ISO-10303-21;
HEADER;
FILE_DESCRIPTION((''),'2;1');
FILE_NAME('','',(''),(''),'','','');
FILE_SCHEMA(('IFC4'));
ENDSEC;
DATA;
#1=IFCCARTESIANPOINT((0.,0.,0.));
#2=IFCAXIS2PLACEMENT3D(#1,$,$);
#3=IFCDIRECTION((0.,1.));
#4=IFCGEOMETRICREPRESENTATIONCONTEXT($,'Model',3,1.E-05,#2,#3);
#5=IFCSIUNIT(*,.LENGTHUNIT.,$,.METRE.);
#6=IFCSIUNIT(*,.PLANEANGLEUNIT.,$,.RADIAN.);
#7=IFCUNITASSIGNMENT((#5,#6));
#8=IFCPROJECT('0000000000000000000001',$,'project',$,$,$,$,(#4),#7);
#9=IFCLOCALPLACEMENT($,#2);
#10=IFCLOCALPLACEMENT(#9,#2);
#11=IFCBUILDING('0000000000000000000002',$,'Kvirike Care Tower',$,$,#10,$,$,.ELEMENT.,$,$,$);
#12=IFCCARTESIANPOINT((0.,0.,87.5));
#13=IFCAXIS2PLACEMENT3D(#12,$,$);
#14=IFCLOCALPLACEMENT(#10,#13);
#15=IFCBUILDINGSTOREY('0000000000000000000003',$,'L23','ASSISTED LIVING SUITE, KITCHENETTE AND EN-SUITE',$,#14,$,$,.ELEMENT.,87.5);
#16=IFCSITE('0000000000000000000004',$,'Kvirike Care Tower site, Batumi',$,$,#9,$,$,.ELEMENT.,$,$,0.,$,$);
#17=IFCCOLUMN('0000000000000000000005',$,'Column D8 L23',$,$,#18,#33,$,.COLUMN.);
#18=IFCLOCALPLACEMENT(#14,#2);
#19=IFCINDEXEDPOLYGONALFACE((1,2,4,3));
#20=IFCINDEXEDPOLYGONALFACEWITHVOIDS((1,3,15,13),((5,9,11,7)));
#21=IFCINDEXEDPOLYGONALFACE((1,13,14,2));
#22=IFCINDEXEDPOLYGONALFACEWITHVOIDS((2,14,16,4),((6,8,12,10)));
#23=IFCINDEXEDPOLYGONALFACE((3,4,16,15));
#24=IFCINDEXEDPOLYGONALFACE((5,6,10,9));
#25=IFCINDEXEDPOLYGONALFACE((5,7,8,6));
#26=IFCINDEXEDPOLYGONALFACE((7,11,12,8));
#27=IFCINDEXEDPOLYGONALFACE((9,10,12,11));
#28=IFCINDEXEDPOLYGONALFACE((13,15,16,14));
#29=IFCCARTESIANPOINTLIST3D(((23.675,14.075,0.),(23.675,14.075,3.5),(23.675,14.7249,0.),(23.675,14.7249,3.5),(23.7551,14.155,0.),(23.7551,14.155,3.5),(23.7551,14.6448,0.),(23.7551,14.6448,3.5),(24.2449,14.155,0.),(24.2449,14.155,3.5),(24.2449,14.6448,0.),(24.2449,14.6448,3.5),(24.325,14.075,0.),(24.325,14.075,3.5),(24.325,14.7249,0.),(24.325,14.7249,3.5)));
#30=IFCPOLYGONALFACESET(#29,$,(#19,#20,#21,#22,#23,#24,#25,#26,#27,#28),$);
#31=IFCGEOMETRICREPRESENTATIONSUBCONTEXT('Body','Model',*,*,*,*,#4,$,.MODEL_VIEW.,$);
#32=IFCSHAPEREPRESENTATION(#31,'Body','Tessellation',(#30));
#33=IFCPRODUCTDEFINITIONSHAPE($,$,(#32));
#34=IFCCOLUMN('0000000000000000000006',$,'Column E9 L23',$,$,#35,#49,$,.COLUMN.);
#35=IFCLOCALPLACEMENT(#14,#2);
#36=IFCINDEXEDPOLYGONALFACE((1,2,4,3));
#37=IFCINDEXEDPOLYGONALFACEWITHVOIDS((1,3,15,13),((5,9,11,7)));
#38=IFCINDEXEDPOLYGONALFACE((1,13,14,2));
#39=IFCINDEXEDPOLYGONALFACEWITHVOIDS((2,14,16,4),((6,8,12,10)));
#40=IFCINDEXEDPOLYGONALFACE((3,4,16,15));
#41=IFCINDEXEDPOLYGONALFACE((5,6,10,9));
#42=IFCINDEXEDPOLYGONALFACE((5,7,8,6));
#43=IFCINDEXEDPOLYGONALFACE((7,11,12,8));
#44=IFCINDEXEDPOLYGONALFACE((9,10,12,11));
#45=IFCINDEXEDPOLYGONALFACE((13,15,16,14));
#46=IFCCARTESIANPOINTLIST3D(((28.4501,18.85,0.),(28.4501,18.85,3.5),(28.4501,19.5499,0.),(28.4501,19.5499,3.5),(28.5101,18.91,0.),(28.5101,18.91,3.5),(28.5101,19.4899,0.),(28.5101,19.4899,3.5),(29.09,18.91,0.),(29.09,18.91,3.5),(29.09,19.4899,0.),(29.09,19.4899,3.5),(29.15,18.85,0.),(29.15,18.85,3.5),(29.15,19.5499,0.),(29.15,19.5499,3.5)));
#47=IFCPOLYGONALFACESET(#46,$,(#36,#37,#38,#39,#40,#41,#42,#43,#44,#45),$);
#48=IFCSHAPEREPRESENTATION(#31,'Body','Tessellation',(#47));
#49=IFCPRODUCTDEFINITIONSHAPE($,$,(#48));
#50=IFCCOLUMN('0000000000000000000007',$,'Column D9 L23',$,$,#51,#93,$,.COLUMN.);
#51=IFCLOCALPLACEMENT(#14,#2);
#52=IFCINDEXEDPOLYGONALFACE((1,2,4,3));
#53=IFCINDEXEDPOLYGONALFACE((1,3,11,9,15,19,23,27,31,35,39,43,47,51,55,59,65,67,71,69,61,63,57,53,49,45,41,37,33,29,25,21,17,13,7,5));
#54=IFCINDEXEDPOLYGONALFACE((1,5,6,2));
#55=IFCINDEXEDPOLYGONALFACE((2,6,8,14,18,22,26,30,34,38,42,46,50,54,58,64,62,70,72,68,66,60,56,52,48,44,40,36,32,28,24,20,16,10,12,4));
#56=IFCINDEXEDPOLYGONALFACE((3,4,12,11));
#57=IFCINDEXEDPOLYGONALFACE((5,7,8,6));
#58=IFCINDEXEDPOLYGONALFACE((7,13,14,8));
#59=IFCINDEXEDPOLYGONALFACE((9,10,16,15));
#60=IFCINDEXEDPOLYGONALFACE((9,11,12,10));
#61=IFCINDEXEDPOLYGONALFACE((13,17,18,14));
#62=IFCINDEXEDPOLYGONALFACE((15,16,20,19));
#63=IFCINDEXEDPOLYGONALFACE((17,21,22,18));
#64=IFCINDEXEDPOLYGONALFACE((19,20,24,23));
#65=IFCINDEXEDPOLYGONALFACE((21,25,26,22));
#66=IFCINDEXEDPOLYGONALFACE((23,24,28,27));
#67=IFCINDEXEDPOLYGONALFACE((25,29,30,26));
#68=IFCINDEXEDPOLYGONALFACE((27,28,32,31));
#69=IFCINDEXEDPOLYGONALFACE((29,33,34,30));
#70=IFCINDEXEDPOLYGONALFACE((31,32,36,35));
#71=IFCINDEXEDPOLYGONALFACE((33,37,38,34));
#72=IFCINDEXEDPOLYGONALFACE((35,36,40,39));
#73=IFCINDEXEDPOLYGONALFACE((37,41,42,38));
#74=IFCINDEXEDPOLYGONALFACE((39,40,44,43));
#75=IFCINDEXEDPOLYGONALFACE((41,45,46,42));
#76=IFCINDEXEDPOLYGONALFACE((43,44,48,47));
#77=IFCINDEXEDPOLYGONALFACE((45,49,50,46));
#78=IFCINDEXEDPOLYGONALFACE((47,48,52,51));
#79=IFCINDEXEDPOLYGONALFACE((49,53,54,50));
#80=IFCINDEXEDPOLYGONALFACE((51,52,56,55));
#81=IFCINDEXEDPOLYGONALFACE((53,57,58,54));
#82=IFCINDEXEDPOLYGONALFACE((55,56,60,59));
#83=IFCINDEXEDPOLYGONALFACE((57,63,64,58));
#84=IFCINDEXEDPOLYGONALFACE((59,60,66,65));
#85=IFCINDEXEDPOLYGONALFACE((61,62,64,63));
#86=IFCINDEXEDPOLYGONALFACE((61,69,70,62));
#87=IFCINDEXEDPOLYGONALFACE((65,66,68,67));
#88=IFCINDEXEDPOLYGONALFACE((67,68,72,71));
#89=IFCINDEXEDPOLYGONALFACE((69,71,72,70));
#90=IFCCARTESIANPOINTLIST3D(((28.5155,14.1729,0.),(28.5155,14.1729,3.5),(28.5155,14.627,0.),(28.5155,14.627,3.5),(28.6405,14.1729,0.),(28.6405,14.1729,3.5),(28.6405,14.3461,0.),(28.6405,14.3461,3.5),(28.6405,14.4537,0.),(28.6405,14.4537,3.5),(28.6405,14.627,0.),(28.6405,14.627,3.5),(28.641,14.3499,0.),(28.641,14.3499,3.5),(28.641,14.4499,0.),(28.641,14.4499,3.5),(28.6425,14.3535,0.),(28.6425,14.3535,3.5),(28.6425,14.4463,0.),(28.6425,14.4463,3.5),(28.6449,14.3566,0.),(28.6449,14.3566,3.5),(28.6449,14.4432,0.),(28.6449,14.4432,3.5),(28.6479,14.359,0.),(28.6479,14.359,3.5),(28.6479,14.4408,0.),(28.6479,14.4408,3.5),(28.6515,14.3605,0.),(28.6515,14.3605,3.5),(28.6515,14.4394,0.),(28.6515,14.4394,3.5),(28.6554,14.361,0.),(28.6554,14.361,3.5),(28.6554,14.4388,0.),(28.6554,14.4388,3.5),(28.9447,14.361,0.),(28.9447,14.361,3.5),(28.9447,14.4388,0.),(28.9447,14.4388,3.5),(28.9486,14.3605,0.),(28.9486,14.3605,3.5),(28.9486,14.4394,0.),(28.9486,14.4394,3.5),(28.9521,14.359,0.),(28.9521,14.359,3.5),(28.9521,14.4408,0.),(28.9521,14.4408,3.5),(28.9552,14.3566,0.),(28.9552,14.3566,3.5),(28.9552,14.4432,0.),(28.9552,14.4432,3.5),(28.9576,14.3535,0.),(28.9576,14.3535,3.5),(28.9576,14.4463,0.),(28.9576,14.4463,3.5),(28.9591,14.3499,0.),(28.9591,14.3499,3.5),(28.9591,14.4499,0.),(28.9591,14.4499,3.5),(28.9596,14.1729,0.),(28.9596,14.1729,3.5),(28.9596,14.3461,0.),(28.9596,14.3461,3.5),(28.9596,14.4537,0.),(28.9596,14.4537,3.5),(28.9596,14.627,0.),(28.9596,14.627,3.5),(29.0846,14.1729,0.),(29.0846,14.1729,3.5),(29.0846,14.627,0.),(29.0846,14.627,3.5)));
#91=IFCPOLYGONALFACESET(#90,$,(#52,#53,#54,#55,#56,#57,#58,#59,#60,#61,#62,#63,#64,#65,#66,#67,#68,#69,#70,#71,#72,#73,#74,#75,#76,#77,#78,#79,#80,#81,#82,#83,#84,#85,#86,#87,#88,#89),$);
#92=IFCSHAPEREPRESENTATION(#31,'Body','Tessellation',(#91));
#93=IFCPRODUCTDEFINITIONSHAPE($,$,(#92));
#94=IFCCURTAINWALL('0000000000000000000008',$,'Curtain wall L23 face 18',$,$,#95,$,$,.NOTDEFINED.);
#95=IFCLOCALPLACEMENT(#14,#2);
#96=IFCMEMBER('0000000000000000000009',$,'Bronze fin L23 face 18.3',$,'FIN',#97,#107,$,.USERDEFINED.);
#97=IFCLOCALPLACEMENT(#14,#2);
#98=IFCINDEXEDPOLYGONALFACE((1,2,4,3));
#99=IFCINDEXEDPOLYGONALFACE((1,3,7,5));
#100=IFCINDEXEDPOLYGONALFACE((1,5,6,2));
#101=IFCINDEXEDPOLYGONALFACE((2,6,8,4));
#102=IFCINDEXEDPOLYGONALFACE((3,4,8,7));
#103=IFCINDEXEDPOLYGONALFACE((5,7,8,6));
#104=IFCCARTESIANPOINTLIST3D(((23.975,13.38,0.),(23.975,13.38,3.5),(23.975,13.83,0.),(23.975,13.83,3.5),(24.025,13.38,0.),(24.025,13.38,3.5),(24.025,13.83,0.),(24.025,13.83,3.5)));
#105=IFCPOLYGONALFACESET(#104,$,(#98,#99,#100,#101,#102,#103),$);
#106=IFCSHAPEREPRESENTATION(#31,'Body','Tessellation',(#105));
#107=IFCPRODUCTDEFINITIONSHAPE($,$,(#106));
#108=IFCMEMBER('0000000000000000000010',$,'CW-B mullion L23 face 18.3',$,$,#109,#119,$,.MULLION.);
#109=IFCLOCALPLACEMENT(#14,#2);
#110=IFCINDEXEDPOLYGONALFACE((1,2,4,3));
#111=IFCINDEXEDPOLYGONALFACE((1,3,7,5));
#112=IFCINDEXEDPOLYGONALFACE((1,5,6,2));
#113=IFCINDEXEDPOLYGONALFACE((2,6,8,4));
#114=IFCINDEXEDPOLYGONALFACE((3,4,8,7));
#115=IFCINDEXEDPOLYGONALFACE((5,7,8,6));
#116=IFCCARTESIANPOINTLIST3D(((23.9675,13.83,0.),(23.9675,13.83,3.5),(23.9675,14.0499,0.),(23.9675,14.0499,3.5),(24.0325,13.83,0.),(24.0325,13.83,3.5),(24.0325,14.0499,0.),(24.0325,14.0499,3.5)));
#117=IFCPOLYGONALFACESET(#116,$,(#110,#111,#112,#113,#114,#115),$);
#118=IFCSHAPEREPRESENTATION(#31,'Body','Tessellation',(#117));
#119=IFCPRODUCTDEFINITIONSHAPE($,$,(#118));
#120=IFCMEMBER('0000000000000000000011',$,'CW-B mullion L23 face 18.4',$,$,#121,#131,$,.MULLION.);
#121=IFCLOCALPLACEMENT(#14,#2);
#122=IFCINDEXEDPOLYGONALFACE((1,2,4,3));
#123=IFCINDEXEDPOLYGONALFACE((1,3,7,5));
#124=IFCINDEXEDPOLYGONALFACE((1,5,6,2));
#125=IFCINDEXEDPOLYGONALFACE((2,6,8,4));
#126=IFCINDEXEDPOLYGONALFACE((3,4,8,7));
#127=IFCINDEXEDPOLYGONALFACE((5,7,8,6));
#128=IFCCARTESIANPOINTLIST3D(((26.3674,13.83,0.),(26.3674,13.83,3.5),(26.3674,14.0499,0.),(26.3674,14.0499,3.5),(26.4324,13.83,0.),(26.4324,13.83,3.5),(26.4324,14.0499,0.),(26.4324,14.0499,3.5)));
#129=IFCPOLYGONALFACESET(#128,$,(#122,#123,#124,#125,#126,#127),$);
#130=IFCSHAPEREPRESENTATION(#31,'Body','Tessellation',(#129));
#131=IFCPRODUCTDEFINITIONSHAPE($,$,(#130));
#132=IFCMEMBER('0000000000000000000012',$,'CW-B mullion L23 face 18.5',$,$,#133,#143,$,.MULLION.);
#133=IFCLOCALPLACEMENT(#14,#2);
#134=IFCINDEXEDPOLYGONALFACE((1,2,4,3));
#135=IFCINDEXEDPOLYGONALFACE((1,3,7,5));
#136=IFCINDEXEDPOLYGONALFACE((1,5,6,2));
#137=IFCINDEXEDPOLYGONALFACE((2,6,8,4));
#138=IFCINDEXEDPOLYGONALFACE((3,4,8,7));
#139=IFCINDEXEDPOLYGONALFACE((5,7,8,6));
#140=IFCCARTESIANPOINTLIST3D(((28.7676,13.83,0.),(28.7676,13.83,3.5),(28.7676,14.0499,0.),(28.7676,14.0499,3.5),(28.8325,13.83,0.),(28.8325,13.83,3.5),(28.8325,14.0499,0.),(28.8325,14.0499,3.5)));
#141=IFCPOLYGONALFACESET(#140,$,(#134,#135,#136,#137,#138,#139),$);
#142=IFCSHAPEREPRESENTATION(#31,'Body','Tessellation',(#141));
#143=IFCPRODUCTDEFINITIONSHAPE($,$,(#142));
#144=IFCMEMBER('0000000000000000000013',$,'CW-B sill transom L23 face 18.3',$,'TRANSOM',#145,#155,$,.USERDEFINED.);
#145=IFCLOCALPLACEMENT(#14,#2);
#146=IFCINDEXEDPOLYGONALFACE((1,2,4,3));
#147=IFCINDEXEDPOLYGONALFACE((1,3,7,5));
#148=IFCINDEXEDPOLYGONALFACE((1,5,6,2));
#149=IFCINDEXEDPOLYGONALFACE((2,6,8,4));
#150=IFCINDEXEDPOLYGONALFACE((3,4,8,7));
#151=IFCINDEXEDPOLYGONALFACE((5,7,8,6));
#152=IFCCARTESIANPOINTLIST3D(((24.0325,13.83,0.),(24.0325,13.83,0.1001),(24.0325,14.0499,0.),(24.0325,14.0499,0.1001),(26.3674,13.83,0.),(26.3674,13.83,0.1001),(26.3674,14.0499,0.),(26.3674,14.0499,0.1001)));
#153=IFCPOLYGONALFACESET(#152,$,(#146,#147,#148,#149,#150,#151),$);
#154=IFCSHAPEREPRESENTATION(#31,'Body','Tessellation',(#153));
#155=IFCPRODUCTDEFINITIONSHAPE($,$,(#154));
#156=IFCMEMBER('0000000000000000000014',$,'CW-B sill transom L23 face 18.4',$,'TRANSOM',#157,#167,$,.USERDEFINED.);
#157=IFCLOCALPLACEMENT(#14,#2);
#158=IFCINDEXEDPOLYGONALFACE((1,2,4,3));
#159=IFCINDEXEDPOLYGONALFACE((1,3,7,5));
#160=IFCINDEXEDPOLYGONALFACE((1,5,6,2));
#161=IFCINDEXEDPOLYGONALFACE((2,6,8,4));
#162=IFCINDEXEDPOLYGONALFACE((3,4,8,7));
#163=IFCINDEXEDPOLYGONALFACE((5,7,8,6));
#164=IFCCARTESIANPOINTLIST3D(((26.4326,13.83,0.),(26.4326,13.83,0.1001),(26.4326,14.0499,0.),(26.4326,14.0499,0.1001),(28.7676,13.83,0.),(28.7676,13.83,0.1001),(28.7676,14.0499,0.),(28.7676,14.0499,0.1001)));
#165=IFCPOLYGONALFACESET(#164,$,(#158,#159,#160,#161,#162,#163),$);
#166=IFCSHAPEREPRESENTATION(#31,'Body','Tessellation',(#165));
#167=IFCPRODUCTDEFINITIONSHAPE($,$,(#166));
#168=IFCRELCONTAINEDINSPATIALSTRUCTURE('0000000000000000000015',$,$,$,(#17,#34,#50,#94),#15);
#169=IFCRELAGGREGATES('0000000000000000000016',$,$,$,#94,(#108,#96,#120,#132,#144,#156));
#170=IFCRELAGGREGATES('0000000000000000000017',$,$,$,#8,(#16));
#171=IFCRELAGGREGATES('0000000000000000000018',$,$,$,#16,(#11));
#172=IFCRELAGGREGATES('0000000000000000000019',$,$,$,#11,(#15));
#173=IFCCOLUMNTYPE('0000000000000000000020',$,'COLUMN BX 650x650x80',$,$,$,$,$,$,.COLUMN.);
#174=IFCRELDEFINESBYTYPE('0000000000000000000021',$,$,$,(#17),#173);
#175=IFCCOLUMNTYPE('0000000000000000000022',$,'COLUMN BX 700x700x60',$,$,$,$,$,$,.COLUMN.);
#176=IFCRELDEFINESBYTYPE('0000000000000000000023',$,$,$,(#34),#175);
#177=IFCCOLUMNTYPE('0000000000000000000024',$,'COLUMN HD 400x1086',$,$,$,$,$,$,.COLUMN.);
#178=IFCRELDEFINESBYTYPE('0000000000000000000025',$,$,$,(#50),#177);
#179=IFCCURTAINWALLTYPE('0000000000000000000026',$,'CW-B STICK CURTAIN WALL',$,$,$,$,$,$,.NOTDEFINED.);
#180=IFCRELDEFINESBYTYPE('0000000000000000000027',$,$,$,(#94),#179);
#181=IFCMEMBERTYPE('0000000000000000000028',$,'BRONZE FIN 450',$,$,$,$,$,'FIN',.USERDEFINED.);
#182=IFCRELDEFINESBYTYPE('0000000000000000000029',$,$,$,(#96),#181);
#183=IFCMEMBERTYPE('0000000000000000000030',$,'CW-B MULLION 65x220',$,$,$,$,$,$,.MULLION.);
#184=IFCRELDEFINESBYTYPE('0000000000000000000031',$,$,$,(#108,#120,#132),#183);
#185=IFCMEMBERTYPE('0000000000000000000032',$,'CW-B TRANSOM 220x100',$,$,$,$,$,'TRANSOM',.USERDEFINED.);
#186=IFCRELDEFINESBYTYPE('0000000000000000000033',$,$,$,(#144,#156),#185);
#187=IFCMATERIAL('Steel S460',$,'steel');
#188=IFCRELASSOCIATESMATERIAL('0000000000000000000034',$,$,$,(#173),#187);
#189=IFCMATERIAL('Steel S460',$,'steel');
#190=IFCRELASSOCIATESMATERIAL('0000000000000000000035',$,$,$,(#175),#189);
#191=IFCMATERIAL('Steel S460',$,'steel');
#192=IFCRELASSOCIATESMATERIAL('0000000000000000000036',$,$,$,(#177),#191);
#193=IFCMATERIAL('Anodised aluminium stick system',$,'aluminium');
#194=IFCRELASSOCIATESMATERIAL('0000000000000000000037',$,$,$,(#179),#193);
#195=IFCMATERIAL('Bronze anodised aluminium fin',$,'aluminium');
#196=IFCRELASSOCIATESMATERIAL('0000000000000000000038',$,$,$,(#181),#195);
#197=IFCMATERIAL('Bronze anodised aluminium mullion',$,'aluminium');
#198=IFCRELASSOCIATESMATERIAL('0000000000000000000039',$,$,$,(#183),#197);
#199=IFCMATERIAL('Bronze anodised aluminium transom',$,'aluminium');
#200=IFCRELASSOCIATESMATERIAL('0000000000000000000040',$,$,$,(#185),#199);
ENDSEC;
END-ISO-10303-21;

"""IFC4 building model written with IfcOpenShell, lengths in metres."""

from ifc_helpers import new_model, si_unit, direction, frame, origin, origin_2d, place, context, subcontext, project, spatial, rectangle, hollow_rectangle, i_section, extrude, material, material_profile, profile_set, type_object, element, aggregate, save


model = new_model("IFC4")

# Units and contexts
model_context = context("Model", 3, precision=1e-05, world=origin(), true_north=direction((0.0, 1.0)))
body_context = subcontext(model_context, "Body", "Model", "MODEL_VIEW")
ifc_project = project(units=[si_unit("LENGTHUNIT", "METRE"), si_unit("PLANEANGLEUNIT", "RADIAN")], contexts=[model_context])

# Site, building, storey
site_placement = place(None, origin())
site = spatial("IfcSite", under=ifc_project, at=site_placement, Name="Kvirike Care Tower site, Batumi", CompositionType="ELEMENT", RefElevation=0.0)
building_placement = place(site_placement, origin())
building = spatial("IfcBuilding", under=site, at=building_placement, Name="Kvirike Care Tower", CompositionType="ELEMENT")
storey_placement = place(building_placement, frame((0.0, 0.0, 87.5)))
storey = spatial("IfcBuildingStorey", under=building, at=storey_placement, Name="L23", Description="ASSISTED LIVING SUITE, KITCHENETTE AND EN-SUITE", CompositionType="ELEMENT", Elevation=87.5)

# Columns
ifc_material_1 = material(Name="Steel S460", Category="steel")
ifc_material_profile_1 = material_profile(ifc_material_1, hollow_rectangle(XDim=0.6499, YDim=0.6499, WallThickness=0.0801, at=origin_2d()), Name="BX 650x650x80")
ifc_profile_set_1 = profile_set([ifc_material_profile_1], Name="Steel S460")
column_type_1 = type_object("IfcColumnType", Name="COLUMN BX 650x650x80", PredefinedType="COLUMN", material=ifc_profile_set_1)
column_1_placement = place(storey_placement, frame((24.0, 14.3999, 0.0), z_axis=(0.0, 0.0, 1.0), x_axis=(0.0, 1.0, 0.0)))
element("IfcColumn", 1, at=column_1_placement, inside=storey, type_object=column_type_1, Name="Column D8 L23", PredefinedType="COLUMN", context=body_context, shape_type="SweptSolid", body=[
    extrude(hollow_rectangle(XDim=0.6499, YDim=0.6499, WallThickness=0.0801, at=origin_2d()), origin(), (0.0, 0.0, 1.0), 3.5),
])
ifc_material_2 = material(Name="Steel S460", Category="steel")
ifc_material_profile_2 = material_profile(ifc_material_2, hollow_rectangle(XDim=0.7, YDim=0.7, WallThickness=0.0601, at=origin_2d()), Name="BX 700x700x60")
ifc_profile_set_2 = profile_set([ifc_material_profile_2], Name="Steel S460")
column_type_2 = type_object("IfcColumnType", Name="COLUMN BX 700x700x60", PredefinedType="COLUMN", material=ifc_profile_set_2)
column_2_placement = place(storey_placement, frame((28.8, 19.2, 0.0), z_axis=(0.0, 0.0, 1.0), x_axis=(1.0, 0.0, 0.0)))
element("IfcColumn", 2, at=column_2_placement, inside=storey, type_object=column_type_2, Name="Column E9 L23", PredefinedType="COLUMN", context=body_context, shape_type="SweptSolid", body=[
    extrude(hollow_rectangle(XDim=0.7, YDim=0.7, WallThickness=0.0601, at=origin_2d()), origin(), (0.0, 0.0, 1.0), 3.5),
])
ifc_material_3 = material(Name="Steel S460", Category="steel")
ifc_material_profile_3 = material_profile(ifc_material_3, i_section(OverallWidth=0.4541, OverallDepth=0.5691, WebThickness=0.0779, FlangeThickness=0.125, FilletRadius=0.0149, at=origin_2d()), Name="HD 400x1086")
ifc_profile_set_3 = profile_set([ifc_material_profile_3], Name="Steel S460")
column_type_3 = type_object("IfcColumnType", Name="COLUMN HD 400x1086", PredefinedType="COLUMN", material=ifc_profile_set_3)
column_3_placement = place(storey_placement, frame((28.8, 14.3999, 0.0), z_axis=(0.0, 0.0, 1.0), x_axis=(0.0, 1.0, 0.0)))
element("IfcColumn", 3, at=column_3_placement, inside=storey, type_object=column_type_3, Name="Column D9 L23", PredefinedType="COLUMN", context=body_context, shape_type="SweptSolid", body=[
    extrude(i_section(OverallWidth=0.4541, OverallDepth=0.5691, WebThickness=0.0779, FlangeThickness=0.125, FilletRadius=0.0149, at=origin_2d()), origin(), (0.0, 0.0, 1.0), 3.5),
])

# Curtain wall, members
ifc_material_4 = material(Name="Anodised aluminium stick system", Category="aluminium")
curtain_wall_type = type_object("IfcCurtainWallType", Name="CW-B STICK CURTAIN WALL", PredefinedType="NOTDEFINED", material=ifc_material_4)
curtain_wall_placement = place(storey_placement, origin())
curtain_wall = element("IfcCurtainWall", 4, at=curtain_wall_placement, inside=storey, type_object=curtain_wall_type, Name="Curtain wall L23 face 18", PredefinedType="NOTDEFINED")
ifc_material_5 = material(Name="Bronze anodised aluminium fin", Category="aluminium")
ifc_material_profile_4 = material_profile(ifc_material_5, rectangle(XDim=0.05, YDim=0.45, at=origin_2d()), Name="BRONZE FIN 450")
ifc_profile_set_4 = profile_set([ifc_material_profile_4], Name="Bronze anodised aluminium fin")
member_type_1 = type_object("IfcMemberType", Name="BRONZE FIN 450", ElementType="FIN", PredefinedType="USERDEFINED", material=ifc_profile_set_4)
member_1_placement = place(storey_placement, frame((24.0, 13.605, 0.0), z_axis=(0.0, 0.0, 1.0), x_axis=(1.0, 0.0, 0.0)))
member_1 = element("IfcMember", 5, at=member_1_placement, type_object=member_type_1, Name="Bronze fin L23 face 18.3", ObjectType="FIN", PredefinedType="USERDEFINED", context=body_context, shape_type="SweptSolid", body=[
    extrude(rectangle(XDim=0.05, YDim=0.45, at=origin_2d()), origin(), (0.0, 0.0, 1.0), 3.5),
])
ifc_material_6 = material(Name="Bronze anodised aluminium mullion", Category="aluminium")
ifc_material_profile_5 = material_profile(ifc_material_6, rectangle(XDim=0.0649, YDim=0.22, at=origin_2d()), Name="CW-B MULLION 65x220")
ifc_profile_set_5 = profile_set([ifc_material_profile_5], Name="Bronze anodised aluminium mullion")
member_type_2 = type_object("IfcMemberType", Name="CW-B MULLION 65x220", PredefinedType="MULLION", material=ifc_profile_set_5)
member_2_placement = place(storey_placement, frame((24.0, 13.9399, 0.0), z_axis=(0.0, 0.0, 1.0), x_axis=(1.0, 0.0, 0.0)))
member_2 = element("IfcMember", 6, at=member_2_placement, type_object=member_type_2, Name="CW-B mullion L23 face 18.3", PredefinedType="MULLION", context=body_context, shape_type="SweptSolid", body=[
    extrude(rectangle(XDim=0.0649, YDim=0.22, at=origin_2d()), origin(), (0.0, 0.0, 1.0), 3.5),
])
member_3_placement = place(storey_placement, frame((26.3999, 13.9399, 0.0), z_axis=(0.0, 0.0, 1.0), x_axis=(1.0, 0.0, 0.0)))
member_3 = element("IfcMember", 7, at=member_3_placement, type_object=member_type_2, Name="CW-B mullion L23 face 18.4", PredefinedType="MULLION", context=body_context, shape_type="SweptSolid", body=[
    extrude(rectangle(XDim=0.0649, YDim=0.22, at=origin_2d()), origin(), (0.0, 0.0, 1.0), 3.5),
])
member_4_placement = place(storey_placement, frame((28.8, 13.9399, 0.0), z_axis=(0.0, 0.0, 1.0), x_axis=(1.0, 0.0, 0.0)))
member_4 = element("IfcMember", 8, at=member_4_placement, type_object=member_type_2, Name="CW-B mullion L23 face 18.5", PredefinedType="MULLION", context=body_context, shape_type="SweptSolid", body=[
    extrude(rectangle(XDim=0.0649, YDim=0.22, at=origin_2d()), origin(), (0.0, 0.0, 1.0), 3.5),
])
ifc_material_7 = material(Name="Bronze anodised aluminium transom", Category="aluminium")
ifc_material_profile_6 = material_profile(ifc_material_7, rectangle(XDim=0.22, YDim=0.1001, at=origin_2d()), Name="CW-B TRANSOM 220x100")
ifc_profile_set_6 = profile_set([ifc_material_profile_6], Name="Bronze anodised aluminium transom")
member_type_3 = type_object("IfcMemberType", Name="CW-B TRANSOM 220x100", ElementType="TRANSOM", PredefinedType="USERDEFINED", material=ifc_profile_set_6)
member_5_placement = place(storey_placement, frame((24.0325, 13.9399, 0.05), z_axis=(1.0, 0.0, 0.0), x_axis=(0.0, 1.0, 0.0)))
member_5 = element("IfcMember", 9, at=member_5_placement, type_object=member_type_3, Name="CW-B sill transom L23 face 18.3", ObjectType="TRANSOM", PredefinedType="USERDEFINED", context=body_context, shape_type="SweptSolid", body=[
    extrude(rectangle(XDim=0.22, YDim=0.1001, at=origin_2d()), origin(), (0.0, 0.0, 1.0), 2.335),
])
member_6_placement = place(storey_placement, frame((26.4326, 13.9399, 0.05), z_axis=(1.0, 0.0, 0.0), x_axis=(0.0, 1.0, 0.0)))
member_6 = element("IfcMember", 10, at=member_6_placement, type_object=member_type_3, Name="CW-B sill transom L23 face 18.4", ObjectType="TRANSOM", PredefinedType="USERDEFINED", context=body_context, shape_type="SweptSolid", body=[
    extrude(rectangle(XDim=0.22, YDim=0.1001, at=origin_2d()), origin(), (0.0, 0.0, 1.0), 2.335),
])

aggregate(curtain_wall, [member_2, member_1, member_3, member_4, member_5, member_6])

save(model, "model.ifc")
